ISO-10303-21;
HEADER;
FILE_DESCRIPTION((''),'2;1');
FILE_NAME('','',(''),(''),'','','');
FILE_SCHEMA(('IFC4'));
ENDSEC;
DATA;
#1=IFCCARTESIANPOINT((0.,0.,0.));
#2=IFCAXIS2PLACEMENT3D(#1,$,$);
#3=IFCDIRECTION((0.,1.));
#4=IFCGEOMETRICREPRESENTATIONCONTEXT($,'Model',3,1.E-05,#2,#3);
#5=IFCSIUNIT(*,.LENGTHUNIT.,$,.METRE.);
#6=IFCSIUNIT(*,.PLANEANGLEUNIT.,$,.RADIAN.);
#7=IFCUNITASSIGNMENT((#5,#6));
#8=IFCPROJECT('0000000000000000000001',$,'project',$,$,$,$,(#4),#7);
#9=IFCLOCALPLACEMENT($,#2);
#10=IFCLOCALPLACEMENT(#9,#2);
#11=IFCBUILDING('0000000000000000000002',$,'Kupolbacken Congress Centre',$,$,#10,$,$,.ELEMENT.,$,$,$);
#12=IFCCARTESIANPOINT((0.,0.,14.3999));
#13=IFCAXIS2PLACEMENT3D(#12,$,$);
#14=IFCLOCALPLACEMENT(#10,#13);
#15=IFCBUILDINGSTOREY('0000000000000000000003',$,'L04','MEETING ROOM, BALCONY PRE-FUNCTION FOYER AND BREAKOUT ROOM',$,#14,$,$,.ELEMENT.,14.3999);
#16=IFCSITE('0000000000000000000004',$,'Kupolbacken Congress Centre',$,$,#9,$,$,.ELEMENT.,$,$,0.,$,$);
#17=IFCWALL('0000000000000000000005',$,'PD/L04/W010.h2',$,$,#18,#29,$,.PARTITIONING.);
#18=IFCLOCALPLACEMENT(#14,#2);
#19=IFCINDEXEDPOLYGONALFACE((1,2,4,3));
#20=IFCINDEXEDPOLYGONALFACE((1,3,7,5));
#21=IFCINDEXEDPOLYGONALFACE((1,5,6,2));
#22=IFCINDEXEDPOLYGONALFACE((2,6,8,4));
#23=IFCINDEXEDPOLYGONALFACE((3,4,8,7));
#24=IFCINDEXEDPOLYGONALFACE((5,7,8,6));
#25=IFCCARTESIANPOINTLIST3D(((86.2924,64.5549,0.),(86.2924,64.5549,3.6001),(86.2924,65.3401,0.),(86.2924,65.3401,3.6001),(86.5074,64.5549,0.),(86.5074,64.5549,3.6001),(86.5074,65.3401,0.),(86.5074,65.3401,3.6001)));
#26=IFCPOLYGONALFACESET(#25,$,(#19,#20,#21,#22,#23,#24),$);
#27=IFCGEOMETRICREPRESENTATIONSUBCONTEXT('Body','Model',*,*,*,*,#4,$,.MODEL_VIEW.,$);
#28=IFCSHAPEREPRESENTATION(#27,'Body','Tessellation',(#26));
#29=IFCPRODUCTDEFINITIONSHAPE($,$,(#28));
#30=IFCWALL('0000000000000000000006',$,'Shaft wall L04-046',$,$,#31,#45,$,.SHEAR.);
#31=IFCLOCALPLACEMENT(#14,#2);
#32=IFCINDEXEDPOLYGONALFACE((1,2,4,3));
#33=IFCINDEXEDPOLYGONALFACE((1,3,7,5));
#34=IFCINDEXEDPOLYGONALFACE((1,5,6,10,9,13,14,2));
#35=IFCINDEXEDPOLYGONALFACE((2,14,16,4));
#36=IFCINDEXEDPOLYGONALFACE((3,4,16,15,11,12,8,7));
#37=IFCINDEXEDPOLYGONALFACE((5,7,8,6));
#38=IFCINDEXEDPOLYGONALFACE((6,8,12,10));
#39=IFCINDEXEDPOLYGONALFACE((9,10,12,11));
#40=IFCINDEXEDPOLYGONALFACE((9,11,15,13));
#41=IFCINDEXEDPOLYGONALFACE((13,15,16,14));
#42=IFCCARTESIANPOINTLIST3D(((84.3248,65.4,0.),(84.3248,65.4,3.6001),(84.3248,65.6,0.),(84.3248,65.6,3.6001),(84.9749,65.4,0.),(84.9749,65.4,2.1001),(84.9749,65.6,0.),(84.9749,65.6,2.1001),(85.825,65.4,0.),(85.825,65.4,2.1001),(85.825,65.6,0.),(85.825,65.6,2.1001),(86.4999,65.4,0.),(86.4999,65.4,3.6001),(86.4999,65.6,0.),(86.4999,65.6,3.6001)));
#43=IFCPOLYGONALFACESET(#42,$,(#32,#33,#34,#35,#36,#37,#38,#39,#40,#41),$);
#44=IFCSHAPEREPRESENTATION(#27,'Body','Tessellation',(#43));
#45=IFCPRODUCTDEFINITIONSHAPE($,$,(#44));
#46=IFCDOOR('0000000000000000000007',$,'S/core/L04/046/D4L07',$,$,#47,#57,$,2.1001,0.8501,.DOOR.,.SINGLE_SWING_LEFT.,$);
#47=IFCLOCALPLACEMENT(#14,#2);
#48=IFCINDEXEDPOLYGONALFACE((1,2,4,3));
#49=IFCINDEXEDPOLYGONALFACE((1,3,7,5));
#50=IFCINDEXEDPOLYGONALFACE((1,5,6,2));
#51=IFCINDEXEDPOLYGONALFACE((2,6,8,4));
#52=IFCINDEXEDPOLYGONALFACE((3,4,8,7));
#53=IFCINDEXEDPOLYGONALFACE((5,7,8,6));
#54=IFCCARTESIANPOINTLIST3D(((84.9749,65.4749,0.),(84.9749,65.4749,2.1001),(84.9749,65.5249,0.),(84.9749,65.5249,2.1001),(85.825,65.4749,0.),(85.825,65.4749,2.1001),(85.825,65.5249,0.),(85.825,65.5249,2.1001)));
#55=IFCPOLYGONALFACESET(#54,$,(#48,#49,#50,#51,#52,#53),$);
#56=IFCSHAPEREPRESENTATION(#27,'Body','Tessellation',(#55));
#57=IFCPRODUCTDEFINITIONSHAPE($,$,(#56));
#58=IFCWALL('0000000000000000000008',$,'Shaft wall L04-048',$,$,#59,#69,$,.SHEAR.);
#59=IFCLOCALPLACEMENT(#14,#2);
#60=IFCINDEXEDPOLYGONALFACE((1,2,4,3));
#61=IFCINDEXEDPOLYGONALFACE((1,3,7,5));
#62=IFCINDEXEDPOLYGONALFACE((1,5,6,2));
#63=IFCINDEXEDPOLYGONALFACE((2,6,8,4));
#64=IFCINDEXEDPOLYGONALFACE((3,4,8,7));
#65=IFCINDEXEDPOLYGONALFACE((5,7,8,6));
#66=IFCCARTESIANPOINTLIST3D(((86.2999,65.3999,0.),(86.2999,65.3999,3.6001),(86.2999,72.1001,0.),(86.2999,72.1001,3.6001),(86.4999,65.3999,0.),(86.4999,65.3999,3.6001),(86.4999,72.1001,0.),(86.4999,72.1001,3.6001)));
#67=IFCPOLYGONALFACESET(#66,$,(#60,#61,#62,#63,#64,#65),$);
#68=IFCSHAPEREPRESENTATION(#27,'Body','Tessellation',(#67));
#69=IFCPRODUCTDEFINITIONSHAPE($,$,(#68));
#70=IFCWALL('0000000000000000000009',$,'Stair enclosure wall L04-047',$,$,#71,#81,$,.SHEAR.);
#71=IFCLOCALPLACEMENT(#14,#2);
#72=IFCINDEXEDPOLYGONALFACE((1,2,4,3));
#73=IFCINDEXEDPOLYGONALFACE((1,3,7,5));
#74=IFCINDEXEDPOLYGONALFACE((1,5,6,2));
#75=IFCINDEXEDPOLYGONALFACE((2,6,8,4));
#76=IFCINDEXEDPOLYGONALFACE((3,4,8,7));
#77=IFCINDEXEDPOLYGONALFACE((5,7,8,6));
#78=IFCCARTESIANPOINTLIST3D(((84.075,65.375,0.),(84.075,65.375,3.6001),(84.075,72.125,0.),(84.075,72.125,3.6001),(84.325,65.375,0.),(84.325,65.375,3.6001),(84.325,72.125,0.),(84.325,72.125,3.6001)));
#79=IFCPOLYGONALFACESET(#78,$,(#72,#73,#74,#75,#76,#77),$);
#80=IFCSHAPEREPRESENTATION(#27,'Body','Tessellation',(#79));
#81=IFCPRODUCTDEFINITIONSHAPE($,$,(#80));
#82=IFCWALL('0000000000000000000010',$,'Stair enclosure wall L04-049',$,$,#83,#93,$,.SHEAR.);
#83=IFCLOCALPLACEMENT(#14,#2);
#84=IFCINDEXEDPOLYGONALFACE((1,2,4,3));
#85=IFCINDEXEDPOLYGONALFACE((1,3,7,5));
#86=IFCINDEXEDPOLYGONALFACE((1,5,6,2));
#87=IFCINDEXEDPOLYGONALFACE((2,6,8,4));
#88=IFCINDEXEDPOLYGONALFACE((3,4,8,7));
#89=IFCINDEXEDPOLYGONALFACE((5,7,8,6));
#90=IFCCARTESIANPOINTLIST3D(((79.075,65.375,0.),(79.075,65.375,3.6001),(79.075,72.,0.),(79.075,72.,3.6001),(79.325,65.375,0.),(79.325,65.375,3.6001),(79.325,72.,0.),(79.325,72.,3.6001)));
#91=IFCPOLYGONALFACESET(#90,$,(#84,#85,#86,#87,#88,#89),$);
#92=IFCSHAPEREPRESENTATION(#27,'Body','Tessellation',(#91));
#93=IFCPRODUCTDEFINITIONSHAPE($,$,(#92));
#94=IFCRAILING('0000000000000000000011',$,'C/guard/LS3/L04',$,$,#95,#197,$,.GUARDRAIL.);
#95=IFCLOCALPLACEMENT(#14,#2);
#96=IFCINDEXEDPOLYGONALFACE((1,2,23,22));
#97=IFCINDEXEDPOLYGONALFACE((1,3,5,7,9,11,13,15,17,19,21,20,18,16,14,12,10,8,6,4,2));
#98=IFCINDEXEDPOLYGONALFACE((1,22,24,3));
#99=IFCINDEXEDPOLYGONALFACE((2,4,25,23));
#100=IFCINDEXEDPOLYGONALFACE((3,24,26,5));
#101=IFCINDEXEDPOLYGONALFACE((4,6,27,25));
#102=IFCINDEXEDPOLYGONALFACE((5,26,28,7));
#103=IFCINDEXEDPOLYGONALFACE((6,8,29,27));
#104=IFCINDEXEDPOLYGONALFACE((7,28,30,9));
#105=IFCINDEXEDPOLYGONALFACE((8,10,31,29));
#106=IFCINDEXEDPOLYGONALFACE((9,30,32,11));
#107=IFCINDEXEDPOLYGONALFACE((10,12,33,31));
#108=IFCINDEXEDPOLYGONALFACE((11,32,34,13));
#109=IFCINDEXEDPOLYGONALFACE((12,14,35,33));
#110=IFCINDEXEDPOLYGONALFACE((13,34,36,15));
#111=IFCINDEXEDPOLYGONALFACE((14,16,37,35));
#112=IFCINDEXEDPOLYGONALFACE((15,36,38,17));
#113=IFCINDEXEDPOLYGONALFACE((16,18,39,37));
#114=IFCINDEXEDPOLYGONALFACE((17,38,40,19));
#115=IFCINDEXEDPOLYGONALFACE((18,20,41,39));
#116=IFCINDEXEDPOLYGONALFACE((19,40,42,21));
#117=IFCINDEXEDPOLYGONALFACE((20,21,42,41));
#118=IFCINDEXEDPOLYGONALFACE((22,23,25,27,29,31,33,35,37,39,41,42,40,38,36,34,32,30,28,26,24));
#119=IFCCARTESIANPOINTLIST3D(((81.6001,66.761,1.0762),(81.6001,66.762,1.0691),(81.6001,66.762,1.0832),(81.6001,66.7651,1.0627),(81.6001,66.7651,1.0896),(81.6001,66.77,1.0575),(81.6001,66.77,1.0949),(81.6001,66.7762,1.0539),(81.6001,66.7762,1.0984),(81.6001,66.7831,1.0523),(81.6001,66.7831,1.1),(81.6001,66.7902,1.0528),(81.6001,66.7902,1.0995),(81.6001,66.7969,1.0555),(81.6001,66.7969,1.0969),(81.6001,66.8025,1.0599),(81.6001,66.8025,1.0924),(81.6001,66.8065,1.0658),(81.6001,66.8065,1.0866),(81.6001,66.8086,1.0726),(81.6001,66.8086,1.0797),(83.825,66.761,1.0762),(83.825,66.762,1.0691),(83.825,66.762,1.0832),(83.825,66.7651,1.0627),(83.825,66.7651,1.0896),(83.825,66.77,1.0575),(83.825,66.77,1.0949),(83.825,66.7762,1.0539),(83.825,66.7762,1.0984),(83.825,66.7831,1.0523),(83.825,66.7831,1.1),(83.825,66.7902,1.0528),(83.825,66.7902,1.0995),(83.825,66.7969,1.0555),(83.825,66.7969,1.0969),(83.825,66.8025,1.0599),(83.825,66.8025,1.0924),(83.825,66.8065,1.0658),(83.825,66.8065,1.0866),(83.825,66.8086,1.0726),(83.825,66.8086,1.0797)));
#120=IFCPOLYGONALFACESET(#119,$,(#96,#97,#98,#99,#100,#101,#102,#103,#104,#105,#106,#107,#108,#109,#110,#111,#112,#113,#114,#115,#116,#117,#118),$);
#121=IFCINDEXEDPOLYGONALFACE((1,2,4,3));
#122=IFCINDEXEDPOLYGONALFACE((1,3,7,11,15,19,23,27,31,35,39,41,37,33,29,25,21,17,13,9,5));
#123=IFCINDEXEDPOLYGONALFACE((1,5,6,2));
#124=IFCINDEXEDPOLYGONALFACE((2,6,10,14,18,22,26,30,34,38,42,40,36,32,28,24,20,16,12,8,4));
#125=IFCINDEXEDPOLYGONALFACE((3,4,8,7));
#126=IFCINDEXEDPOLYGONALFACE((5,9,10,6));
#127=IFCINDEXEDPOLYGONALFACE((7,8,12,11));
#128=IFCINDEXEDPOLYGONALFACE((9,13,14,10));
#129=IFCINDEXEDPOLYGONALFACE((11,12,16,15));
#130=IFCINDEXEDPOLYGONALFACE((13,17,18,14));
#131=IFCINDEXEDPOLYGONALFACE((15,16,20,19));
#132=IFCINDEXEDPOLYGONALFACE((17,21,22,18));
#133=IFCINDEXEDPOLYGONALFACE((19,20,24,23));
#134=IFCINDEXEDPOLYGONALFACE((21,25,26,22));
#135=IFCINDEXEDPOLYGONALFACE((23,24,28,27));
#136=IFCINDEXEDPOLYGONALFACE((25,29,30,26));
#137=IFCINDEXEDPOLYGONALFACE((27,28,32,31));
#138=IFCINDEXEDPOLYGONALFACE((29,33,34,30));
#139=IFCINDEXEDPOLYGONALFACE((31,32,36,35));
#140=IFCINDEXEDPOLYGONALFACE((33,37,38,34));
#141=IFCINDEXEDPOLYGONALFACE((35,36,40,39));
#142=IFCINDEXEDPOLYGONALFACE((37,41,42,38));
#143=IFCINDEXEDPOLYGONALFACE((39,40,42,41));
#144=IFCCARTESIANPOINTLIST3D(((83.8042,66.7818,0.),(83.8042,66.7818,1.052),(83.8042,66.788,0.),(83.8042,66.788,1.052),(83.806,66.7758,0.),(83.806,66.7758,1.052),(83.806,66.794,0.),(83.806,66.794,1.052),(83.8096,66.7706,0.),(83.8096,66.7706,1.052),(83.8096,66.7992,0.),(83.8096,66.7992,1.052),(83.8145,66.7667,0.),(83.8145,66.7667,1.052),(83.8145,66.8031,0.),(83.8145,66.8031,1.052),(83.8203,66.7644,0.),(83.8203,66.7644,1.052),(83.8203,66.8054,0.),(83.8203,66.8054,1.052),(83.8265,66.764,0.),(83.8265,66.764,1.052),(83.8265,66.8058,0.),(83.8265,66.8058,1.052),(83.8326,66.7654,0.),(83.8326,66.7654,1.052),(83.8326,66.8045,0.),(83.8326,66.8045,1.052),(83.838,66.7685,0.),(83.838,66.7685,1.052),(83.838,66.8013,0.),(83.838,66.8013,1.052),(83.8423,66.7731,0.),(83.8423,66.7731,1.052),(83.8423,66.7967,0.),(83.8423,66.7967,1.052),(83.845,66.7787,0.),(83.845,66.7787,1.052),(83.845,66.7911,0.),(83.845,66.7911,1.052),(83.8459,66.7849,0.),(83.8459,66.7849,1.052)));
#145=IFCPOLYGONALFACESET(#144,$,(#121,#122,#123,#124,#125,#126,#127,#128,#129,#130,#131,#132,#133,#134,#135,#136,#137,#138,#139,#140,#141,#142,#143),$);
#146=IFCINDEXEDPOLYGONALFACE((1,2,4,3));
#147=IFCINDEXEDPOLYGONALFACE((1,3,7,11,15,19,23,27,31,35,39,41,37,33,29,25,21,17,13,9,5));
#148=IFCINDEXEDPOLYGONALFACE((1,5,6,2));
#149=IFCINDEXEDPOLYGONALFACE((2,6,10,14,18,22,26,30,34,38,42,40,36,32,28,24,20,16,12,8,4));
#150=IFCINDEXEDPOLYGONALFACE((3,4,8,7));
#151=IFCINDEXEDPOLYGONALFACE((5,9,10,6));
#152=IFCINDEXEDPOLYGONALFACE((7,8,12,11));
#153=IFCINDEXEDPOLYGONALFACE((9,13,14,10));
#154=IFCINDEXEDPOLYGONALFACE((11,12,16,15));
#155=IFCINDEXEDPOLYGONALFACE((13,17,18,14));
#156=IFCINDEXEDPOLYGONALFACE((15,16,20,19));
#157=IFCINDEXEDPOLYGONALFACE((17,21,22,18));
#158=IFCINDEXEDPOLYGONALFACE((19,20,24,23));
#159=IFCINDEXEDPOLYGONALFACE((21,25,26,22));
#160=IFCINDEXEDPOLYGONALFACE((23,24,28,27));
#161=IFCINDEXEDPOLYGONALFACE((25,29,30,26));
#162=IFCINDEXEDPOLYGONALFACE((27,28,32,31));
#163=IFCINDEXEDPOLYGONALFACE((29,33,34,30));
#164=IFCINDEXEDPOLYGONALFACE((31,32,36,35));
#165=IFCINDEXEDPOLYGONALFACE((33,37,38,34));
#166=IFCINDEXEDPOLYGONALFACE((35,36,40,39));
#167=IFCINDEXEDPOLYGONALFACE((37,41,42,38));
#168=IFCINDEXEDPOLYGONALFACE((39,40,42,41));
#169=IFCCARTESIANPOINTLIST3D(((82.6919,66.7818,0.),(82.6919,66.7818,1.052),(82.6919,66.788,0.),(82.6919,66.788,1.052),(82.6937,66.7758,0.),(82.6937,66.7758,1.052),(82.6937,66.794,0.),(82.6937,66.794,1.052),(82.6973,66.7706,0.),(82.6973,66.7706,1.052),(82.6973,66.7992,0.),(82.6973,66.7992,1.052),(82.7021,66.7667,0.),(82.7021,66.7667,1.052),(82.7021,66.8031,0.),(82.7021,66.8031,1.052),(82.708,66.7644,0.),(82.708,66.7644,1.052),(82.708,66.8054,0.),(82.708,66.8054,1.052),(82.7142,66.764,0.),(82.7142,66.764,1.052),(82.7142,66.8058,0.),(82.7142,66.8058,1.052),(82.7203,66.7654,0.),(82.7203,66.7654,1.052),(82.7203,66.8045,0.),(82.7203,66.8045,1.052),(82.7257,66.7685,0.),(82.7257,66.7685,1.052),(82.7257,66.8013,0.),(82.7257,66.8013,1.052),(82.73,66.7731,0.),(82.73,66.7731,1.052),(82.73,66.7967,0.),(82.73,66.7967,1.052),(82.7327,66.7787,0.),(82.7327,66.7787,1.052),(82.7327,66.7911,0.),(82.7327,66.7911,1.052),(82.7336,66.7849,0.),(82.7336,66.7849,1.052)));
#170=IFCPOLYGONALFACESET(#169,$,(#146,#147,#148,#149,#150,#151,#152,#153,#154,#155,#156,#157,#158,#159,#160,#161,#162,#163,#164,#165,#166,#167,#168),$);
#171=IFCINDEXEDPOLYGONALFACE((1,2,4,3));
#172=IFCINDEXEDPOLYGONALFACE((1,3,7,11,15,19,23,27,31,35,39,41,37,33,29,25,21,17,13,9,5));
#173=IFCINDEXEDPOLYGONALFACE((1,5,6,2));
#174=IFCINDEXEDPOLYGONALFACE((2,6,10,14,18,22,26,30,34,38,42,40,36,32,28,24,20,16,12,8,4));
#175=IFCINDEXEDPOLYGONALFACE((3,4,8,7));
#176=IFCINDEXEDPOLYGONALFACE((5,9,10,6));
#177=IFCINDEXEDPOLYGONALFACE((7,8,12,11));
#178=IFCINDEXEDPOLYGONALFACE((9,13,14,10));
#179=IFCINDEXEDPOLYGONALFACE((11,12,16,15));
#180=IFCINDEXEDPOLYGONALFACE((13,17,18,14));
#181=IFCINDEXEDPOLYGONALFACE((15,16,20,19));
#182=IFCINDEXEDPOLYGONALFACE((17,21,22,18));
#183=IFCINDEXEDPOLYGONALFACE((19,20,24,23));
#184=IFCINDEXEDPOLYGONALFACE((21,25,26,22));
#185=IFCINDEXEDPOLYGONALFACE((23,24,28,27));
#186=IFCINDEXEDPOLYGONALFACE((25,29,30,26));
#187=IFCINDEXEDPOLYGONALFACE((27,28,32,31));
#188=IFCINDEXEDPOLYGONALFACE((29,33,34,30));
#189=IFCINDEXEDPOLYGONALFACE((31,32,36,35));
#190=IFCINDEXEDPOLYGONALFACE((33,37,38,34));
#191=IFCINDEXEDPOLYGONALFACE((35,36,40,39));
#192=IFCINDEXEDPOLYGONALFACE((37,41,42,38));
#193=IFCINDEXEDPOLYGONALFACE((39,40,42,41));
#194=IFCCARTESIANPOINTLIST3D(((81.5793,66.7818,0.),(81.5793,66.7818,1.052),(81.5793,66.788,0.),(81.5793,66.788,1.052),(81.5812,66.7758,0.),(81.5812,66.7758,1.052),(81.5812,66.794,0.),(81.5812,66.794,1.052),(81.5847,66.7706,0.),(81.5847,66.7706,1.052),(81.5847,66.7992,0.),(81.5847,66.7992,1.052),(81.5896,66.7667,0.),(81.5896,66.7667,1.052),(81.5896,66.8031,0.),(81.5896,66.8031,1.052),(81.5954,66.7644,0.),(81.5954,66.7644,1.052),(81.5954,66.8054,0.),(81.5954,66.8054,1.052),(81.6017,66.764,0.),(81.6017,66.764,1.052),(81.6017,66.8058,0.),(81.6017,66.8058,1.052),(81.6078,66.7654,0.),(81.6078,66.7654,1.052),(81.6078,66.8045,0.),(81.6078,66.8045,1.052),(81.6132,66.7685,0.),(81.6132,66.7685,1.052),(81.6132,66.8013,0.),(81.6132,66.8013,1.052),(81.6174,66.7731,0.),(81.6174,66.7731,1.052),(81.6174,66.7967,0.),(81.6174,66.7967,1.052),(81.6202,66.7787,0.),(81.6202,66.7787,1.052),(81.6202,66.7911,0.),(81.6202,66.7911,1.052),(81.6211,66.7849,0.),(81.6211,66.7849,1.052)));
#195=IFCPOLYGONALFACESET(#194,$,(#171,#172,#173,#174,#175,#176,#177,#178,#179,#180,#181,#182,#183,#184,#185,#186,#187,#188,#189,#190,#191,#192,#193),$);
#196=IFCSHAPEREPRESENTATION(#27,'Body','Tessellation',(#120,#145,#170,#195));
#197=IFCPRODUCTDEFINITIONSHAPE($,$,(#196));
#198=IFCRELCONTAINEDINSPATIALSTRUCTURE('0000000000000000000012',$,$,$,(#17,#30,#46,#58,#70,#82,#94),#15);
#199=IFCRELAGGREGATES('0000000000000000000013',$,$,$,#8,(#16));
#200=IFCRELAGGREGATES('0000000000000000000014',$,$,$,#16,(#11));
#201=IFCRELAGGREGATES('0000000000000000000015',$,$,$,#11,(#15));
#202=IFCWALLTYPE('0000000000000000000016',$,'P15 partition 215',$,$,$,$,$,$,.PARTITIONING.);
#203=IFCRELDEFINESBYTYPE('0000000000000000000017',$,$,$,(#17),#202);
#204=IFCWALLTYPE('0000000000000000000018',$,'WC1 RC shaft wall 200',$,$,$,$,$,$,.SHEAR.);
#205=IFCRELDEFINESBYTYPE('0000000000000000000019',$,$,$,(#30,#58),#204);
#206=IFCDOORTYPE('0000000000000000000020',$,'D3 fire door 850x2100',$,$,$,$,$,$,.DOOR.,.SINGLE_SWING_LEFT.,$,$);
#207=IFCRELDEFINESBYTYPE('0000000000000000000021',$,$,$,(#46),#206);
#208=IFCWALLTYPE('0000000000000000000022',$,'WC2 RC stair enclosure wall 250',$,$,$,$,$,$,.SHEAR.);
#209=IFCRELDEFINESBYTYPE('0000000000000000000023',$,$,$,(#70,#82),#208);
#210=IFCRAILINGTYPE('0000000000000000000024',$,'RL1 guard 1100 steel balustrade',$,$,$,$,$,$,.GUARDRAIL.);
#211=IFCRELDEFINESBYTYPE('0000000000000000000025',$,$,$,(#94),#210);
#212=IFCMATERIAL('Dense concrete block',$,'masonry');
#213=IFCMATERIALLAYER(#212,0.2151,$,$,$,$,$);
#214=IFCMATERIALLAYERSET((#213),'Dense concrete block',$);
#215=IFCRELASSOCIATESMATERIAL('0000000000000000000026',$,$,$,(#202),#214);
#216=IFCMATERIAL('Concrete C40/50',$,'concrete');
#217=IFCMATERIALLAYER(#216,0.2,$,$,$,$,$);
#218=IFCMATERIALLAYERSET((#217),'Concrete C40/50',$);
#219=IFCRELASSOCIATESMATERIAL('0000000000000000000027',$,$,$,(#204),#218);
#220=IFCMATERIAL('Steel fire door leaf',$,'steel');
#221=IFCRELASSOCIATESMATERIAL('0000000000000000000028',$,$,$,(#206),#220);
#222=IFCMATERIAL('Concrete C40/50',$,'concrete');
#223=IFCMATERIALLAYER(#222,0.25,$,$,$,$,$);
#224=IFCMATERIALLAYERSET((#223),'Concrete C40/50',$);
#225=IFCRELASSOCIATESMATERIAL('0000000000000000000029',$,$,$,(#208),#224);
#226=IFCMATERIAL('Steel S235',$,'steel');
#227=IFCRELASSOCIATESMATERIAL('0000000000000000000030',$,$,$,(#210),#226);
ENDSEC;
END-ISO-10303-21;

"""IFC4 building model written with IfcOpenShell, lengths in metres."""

from ifc_helpers import new_model, si_unit, direction, frame, frame_2d, origin, origin_2d, place, context, subcontext, project, spatial, rectangle, circle, extrude, material, layer, layer_set, type_object, element, fill, save


model = new_model("IFC4")

# Units and contexts
model_context = context("Model", 3, precision=1e-05, world=origin(), true_north=direction((0.0, 1.0)))
body_context = subcontext(model_context, "Body", "Model", "MODEL_VIEW")
ifc_project = project(units=[si_unit("LENGTHUNIT", "METRE"), si_unit("PLANEANGLEUNIT", "RADIAN")], contexts=[model_context])

# Site, building, storey
site_placement = place(None, origin())
site = spatial("IfcSite", under=ifc_project, at=site_placement, Name="Kupolbacken Congress Centre", CompositionType="ELEMENT", RefElevation=0.0)
building_placement = place(site_placement, origin())
building = spatial("IfcBuilding", under=site, at=building_placement, Name="Kupolbacken Congress Centre", CompositionType="ELEMENT")
storey_placement = place(building_placement, frame((0.0, 0.0, 14.3999)))
storey = spatial("IfcBuildingStorey", under=building, at=storey_placement, Name="L04", Description="MEETING ROOM, BALCONY PRE-FUNCTION FOYER AND BREAKOUT ROOM", CompositionType="ELEMENT", Elevation=14.3999)

# Wall
ifc_material_1 = material(Name="Dense concrete block", Category="masonry")
ifc_layer_1 = layer(ifc_material_1, 0.2151)
ifc_layer_set_1 = layer_set([ifc_layer_1], Name="Dense concrete block")
wall_type_1 = type_object("IfcWallType", Name="P15 partition 215", PredefinedType="PARTITIONING", material=ifc_layer_set_1)
wall_1_placement = place(storey_placement, frame((86.3999, 64.5549, 0.0), z_axis=(0.0, 0.0, 1.0), x_axis=(0.0, 1.0, 0.0)))
element("IfcWall", 1, at=wall_1_placement, inside=storey, type_object=wall_type_1, Name="PD/L04/W010.h2", PredefinedType="PARTITIONING", context=body_context, shape_type="SweptSolid", body=[
    extrude(rectangle(XDim=0.7852, YDim=0.2151, at=frame_2d((0.3926, 0.0))), origin(), (0.0, 0.0, 1.0), 3.6001),
])

# Wall, opening, door
ifc_material_2 = material(Name="Concrete C40/50", Category="concrete")
ifc_layer_2 = layer(ifc_material_2, 0.2)
ifc_layer_set_2 = layer_set([ifc_layer_2], Name="Concrete C40/50")
wall_type_2 = type_object("IfcWallType", Name="WC1 RC shaft wall 200", PredefinedType="SHEAR", material=ifc_layer_set_2)
wall_2_placement = place(storey_placement, frame((84.325, 65.5, 0.0), z_axis=(0.0, 0.0, 1.0), x_axis=(1.0, 0.0, 0.0)))
wall_2 = element("IfcWall", 2, at=wall_2_placement, inside=storey, type_object=wall_type_2, Name="Shaft wall L04-046", PredefinedType="SHEAR", context=body_context, shape_type="SweptSolid", body=[
    extrude(rectangle(XDim=2.175, YDim=0.2, at=frame_2d((1.0874, 0.0))), origin(), (0.0, 0.0, 1.0), 3.6001),
])
opening_placement = place(wall_2_placement, frame((0.6499, 0.0, 0.0)))
opening = element("IfcOpeningElement", 3, at=opening_placement, cuts=wall_2, PredefinedType="OPENING", context=body_context, shape_type="SweptSolid", body=[
    extrude(rectangle(XDim=0.8501, YDim=2.1001, at=frame_2d((0.425, 1.05))), frame((0.0, 0.1099, 0.0), z_axis=(0.0, -1.0, 0.0), x_axis=(1.0, 0.0, 0.0)), (0.0, 0.0, 1.0), 0.22),
])
ifc_material_3 = material(Name="Steel fire door leaf", Category="steel")
door_type = type_object("IfcDoorType", Name="D3 fire door 850x2100", OperationType="SINGLE_SWING_LEFT", PredefinedType="DOOR", material=ifc_material_3)
door_placement = place(opening_placement, origin())
door = element("IfcDoor", 4, at=door_placement, inside=storey, type_object=door_type, Name="S/core/L04/046/D4L07", OperationType="SINGLE_SWING_LEFT", OverallHeight=2.1001, OverallWidth=0.8501, PredefinedType="DOOR", context=body_context, shape_type="SweptSolid", body=[
    extrude(rectangle(XDim=0.8501, YDim=2.1001, at=frame_2d((0.425, 1.05))), frame((0.0, 0.0249, 0.0), z_axis=(0.0, -1.0, 0.0), x_axis=(1.0, 0.0, 0.0)), (0.0, 0.0, 1.0), 0.05),
])
fill(opening, door)

# Walls
wall_3_placement = place(storey_placement, frame((86.3999, 65.3999, 0.0), z_axis=(0.0, 0.0, 1.0), x_axis=(0.0, 1.0, 0.0)))
element("IfcWall", 5, at=wall_3_placement, inside=storey, type_object=wall_type_2, Name="Shaft wall L04-048", PredefinedType="SHEAR", context=body_context, shape_type="SweptSolid", body=[
    extrude(rectangle(XDim=6.7002, YDim=0.2, at=frame_2d((3.3501, 0.0))), origin(), (0.0, 0.0, 1.0), 3.6001),
])
ifc_material_4 = material(Name="Concrete C40/50", Category="concrete")
ifc_layer_3 = layer(ifc_material_4, 0.25)
ifc_layer_set_3 = layer_set([ifc_layer_3], Name="Concrete C40/50")
wall_type_3 = type_object("IfcWallType", Name="WC2 RC stair enclosure wall 250", PredefinedType="SHEAR", material=ifc_layer_set_3)
wall_4_placement = place(storey_placement, frame((84.2, 65.375, 0.0), z_axis=(0.0, 0.0, 1.0), x_axis=(0.0, 1.0, 0.0)))
element("IfcWall", 6, at=wall_4_placement, inside=storey, type_object=wall_type_3, Name="Stair enclosure wall L04-047", PredefinedType="SHEAR", context=body_context, shape_type="SweptSolid", body=[
    extrude(rectangle(XDim=6.75, YDim=0.25, at=frame_2d((3.375, 0.0))), origin(), (0.0, 0.0, 1.0), 3.6001),
])
wall_5_placement = place(storey_placement, frame((79.2, 72.0, 0.0), z_axis=(0.0, 0.0, 1.0), x_axis=(0.0, -1.0, 0.0)))
element("IfcWall", 7, at=wall_5_placement, inside=storey, type_object=wall_type_3, Name="Stair enclosure wall L04-049", PredefinedType="SHEAR", context=body_context, shape_type="SweptSolid", body=[
    extrude(rectangle(XDim=6.625, YDim=0.25, at=frame_2d((3.3125, 0.0))), origin(), (0.0, 0.0, 1.0), 3.6001),
])

# Railing
ifc_material_5 = material(Name="Steel S235", Category="steel")
railing_type = type_object("IfcRailingType", Name="RL1 guard 1100 steel balustrade", PredefinedType="GUARDRAIL", material=ifc_material_5)
railing_placement = place(storey_placement, frame((83.825, 66.7849, 0.0)))
element("IfcRailing", 8, at=railing_placement, inside=storey, type_object=railing_type, Name="C/guard/LS3/L04", PredefinedType="GUARDRAIL", context=body_context, shape_type="SweptSolid", body=[
    extrude(circle(Radius=0.0239, at=origin_2d()), frame((0.0, 0.0, 1.0762), z_axis=(-1.0, 0.0, 0.0), x_axis=(0.0, -1.0, 0.0)), (0.0, 0.0, 1.0), 2.2249),
    extrude(circle(Radius=0.021, at=origin_2d()), origin(), (0.0, 0.0, 1.0), 1.052),
    extrude(circle(Radius=0.021, at=origin_2d()), frame((-1.1123, 0.0, 0.0)), (0.0, 0.0, 1.0), 1.052),
    extrude(circle(Radius=0.021, at=origin_2d()), frame((-2.2249, 0.0, 0.0)), (0.0, 0.0, 1.0), 1.052),
])

save(model, "model.ifc")
